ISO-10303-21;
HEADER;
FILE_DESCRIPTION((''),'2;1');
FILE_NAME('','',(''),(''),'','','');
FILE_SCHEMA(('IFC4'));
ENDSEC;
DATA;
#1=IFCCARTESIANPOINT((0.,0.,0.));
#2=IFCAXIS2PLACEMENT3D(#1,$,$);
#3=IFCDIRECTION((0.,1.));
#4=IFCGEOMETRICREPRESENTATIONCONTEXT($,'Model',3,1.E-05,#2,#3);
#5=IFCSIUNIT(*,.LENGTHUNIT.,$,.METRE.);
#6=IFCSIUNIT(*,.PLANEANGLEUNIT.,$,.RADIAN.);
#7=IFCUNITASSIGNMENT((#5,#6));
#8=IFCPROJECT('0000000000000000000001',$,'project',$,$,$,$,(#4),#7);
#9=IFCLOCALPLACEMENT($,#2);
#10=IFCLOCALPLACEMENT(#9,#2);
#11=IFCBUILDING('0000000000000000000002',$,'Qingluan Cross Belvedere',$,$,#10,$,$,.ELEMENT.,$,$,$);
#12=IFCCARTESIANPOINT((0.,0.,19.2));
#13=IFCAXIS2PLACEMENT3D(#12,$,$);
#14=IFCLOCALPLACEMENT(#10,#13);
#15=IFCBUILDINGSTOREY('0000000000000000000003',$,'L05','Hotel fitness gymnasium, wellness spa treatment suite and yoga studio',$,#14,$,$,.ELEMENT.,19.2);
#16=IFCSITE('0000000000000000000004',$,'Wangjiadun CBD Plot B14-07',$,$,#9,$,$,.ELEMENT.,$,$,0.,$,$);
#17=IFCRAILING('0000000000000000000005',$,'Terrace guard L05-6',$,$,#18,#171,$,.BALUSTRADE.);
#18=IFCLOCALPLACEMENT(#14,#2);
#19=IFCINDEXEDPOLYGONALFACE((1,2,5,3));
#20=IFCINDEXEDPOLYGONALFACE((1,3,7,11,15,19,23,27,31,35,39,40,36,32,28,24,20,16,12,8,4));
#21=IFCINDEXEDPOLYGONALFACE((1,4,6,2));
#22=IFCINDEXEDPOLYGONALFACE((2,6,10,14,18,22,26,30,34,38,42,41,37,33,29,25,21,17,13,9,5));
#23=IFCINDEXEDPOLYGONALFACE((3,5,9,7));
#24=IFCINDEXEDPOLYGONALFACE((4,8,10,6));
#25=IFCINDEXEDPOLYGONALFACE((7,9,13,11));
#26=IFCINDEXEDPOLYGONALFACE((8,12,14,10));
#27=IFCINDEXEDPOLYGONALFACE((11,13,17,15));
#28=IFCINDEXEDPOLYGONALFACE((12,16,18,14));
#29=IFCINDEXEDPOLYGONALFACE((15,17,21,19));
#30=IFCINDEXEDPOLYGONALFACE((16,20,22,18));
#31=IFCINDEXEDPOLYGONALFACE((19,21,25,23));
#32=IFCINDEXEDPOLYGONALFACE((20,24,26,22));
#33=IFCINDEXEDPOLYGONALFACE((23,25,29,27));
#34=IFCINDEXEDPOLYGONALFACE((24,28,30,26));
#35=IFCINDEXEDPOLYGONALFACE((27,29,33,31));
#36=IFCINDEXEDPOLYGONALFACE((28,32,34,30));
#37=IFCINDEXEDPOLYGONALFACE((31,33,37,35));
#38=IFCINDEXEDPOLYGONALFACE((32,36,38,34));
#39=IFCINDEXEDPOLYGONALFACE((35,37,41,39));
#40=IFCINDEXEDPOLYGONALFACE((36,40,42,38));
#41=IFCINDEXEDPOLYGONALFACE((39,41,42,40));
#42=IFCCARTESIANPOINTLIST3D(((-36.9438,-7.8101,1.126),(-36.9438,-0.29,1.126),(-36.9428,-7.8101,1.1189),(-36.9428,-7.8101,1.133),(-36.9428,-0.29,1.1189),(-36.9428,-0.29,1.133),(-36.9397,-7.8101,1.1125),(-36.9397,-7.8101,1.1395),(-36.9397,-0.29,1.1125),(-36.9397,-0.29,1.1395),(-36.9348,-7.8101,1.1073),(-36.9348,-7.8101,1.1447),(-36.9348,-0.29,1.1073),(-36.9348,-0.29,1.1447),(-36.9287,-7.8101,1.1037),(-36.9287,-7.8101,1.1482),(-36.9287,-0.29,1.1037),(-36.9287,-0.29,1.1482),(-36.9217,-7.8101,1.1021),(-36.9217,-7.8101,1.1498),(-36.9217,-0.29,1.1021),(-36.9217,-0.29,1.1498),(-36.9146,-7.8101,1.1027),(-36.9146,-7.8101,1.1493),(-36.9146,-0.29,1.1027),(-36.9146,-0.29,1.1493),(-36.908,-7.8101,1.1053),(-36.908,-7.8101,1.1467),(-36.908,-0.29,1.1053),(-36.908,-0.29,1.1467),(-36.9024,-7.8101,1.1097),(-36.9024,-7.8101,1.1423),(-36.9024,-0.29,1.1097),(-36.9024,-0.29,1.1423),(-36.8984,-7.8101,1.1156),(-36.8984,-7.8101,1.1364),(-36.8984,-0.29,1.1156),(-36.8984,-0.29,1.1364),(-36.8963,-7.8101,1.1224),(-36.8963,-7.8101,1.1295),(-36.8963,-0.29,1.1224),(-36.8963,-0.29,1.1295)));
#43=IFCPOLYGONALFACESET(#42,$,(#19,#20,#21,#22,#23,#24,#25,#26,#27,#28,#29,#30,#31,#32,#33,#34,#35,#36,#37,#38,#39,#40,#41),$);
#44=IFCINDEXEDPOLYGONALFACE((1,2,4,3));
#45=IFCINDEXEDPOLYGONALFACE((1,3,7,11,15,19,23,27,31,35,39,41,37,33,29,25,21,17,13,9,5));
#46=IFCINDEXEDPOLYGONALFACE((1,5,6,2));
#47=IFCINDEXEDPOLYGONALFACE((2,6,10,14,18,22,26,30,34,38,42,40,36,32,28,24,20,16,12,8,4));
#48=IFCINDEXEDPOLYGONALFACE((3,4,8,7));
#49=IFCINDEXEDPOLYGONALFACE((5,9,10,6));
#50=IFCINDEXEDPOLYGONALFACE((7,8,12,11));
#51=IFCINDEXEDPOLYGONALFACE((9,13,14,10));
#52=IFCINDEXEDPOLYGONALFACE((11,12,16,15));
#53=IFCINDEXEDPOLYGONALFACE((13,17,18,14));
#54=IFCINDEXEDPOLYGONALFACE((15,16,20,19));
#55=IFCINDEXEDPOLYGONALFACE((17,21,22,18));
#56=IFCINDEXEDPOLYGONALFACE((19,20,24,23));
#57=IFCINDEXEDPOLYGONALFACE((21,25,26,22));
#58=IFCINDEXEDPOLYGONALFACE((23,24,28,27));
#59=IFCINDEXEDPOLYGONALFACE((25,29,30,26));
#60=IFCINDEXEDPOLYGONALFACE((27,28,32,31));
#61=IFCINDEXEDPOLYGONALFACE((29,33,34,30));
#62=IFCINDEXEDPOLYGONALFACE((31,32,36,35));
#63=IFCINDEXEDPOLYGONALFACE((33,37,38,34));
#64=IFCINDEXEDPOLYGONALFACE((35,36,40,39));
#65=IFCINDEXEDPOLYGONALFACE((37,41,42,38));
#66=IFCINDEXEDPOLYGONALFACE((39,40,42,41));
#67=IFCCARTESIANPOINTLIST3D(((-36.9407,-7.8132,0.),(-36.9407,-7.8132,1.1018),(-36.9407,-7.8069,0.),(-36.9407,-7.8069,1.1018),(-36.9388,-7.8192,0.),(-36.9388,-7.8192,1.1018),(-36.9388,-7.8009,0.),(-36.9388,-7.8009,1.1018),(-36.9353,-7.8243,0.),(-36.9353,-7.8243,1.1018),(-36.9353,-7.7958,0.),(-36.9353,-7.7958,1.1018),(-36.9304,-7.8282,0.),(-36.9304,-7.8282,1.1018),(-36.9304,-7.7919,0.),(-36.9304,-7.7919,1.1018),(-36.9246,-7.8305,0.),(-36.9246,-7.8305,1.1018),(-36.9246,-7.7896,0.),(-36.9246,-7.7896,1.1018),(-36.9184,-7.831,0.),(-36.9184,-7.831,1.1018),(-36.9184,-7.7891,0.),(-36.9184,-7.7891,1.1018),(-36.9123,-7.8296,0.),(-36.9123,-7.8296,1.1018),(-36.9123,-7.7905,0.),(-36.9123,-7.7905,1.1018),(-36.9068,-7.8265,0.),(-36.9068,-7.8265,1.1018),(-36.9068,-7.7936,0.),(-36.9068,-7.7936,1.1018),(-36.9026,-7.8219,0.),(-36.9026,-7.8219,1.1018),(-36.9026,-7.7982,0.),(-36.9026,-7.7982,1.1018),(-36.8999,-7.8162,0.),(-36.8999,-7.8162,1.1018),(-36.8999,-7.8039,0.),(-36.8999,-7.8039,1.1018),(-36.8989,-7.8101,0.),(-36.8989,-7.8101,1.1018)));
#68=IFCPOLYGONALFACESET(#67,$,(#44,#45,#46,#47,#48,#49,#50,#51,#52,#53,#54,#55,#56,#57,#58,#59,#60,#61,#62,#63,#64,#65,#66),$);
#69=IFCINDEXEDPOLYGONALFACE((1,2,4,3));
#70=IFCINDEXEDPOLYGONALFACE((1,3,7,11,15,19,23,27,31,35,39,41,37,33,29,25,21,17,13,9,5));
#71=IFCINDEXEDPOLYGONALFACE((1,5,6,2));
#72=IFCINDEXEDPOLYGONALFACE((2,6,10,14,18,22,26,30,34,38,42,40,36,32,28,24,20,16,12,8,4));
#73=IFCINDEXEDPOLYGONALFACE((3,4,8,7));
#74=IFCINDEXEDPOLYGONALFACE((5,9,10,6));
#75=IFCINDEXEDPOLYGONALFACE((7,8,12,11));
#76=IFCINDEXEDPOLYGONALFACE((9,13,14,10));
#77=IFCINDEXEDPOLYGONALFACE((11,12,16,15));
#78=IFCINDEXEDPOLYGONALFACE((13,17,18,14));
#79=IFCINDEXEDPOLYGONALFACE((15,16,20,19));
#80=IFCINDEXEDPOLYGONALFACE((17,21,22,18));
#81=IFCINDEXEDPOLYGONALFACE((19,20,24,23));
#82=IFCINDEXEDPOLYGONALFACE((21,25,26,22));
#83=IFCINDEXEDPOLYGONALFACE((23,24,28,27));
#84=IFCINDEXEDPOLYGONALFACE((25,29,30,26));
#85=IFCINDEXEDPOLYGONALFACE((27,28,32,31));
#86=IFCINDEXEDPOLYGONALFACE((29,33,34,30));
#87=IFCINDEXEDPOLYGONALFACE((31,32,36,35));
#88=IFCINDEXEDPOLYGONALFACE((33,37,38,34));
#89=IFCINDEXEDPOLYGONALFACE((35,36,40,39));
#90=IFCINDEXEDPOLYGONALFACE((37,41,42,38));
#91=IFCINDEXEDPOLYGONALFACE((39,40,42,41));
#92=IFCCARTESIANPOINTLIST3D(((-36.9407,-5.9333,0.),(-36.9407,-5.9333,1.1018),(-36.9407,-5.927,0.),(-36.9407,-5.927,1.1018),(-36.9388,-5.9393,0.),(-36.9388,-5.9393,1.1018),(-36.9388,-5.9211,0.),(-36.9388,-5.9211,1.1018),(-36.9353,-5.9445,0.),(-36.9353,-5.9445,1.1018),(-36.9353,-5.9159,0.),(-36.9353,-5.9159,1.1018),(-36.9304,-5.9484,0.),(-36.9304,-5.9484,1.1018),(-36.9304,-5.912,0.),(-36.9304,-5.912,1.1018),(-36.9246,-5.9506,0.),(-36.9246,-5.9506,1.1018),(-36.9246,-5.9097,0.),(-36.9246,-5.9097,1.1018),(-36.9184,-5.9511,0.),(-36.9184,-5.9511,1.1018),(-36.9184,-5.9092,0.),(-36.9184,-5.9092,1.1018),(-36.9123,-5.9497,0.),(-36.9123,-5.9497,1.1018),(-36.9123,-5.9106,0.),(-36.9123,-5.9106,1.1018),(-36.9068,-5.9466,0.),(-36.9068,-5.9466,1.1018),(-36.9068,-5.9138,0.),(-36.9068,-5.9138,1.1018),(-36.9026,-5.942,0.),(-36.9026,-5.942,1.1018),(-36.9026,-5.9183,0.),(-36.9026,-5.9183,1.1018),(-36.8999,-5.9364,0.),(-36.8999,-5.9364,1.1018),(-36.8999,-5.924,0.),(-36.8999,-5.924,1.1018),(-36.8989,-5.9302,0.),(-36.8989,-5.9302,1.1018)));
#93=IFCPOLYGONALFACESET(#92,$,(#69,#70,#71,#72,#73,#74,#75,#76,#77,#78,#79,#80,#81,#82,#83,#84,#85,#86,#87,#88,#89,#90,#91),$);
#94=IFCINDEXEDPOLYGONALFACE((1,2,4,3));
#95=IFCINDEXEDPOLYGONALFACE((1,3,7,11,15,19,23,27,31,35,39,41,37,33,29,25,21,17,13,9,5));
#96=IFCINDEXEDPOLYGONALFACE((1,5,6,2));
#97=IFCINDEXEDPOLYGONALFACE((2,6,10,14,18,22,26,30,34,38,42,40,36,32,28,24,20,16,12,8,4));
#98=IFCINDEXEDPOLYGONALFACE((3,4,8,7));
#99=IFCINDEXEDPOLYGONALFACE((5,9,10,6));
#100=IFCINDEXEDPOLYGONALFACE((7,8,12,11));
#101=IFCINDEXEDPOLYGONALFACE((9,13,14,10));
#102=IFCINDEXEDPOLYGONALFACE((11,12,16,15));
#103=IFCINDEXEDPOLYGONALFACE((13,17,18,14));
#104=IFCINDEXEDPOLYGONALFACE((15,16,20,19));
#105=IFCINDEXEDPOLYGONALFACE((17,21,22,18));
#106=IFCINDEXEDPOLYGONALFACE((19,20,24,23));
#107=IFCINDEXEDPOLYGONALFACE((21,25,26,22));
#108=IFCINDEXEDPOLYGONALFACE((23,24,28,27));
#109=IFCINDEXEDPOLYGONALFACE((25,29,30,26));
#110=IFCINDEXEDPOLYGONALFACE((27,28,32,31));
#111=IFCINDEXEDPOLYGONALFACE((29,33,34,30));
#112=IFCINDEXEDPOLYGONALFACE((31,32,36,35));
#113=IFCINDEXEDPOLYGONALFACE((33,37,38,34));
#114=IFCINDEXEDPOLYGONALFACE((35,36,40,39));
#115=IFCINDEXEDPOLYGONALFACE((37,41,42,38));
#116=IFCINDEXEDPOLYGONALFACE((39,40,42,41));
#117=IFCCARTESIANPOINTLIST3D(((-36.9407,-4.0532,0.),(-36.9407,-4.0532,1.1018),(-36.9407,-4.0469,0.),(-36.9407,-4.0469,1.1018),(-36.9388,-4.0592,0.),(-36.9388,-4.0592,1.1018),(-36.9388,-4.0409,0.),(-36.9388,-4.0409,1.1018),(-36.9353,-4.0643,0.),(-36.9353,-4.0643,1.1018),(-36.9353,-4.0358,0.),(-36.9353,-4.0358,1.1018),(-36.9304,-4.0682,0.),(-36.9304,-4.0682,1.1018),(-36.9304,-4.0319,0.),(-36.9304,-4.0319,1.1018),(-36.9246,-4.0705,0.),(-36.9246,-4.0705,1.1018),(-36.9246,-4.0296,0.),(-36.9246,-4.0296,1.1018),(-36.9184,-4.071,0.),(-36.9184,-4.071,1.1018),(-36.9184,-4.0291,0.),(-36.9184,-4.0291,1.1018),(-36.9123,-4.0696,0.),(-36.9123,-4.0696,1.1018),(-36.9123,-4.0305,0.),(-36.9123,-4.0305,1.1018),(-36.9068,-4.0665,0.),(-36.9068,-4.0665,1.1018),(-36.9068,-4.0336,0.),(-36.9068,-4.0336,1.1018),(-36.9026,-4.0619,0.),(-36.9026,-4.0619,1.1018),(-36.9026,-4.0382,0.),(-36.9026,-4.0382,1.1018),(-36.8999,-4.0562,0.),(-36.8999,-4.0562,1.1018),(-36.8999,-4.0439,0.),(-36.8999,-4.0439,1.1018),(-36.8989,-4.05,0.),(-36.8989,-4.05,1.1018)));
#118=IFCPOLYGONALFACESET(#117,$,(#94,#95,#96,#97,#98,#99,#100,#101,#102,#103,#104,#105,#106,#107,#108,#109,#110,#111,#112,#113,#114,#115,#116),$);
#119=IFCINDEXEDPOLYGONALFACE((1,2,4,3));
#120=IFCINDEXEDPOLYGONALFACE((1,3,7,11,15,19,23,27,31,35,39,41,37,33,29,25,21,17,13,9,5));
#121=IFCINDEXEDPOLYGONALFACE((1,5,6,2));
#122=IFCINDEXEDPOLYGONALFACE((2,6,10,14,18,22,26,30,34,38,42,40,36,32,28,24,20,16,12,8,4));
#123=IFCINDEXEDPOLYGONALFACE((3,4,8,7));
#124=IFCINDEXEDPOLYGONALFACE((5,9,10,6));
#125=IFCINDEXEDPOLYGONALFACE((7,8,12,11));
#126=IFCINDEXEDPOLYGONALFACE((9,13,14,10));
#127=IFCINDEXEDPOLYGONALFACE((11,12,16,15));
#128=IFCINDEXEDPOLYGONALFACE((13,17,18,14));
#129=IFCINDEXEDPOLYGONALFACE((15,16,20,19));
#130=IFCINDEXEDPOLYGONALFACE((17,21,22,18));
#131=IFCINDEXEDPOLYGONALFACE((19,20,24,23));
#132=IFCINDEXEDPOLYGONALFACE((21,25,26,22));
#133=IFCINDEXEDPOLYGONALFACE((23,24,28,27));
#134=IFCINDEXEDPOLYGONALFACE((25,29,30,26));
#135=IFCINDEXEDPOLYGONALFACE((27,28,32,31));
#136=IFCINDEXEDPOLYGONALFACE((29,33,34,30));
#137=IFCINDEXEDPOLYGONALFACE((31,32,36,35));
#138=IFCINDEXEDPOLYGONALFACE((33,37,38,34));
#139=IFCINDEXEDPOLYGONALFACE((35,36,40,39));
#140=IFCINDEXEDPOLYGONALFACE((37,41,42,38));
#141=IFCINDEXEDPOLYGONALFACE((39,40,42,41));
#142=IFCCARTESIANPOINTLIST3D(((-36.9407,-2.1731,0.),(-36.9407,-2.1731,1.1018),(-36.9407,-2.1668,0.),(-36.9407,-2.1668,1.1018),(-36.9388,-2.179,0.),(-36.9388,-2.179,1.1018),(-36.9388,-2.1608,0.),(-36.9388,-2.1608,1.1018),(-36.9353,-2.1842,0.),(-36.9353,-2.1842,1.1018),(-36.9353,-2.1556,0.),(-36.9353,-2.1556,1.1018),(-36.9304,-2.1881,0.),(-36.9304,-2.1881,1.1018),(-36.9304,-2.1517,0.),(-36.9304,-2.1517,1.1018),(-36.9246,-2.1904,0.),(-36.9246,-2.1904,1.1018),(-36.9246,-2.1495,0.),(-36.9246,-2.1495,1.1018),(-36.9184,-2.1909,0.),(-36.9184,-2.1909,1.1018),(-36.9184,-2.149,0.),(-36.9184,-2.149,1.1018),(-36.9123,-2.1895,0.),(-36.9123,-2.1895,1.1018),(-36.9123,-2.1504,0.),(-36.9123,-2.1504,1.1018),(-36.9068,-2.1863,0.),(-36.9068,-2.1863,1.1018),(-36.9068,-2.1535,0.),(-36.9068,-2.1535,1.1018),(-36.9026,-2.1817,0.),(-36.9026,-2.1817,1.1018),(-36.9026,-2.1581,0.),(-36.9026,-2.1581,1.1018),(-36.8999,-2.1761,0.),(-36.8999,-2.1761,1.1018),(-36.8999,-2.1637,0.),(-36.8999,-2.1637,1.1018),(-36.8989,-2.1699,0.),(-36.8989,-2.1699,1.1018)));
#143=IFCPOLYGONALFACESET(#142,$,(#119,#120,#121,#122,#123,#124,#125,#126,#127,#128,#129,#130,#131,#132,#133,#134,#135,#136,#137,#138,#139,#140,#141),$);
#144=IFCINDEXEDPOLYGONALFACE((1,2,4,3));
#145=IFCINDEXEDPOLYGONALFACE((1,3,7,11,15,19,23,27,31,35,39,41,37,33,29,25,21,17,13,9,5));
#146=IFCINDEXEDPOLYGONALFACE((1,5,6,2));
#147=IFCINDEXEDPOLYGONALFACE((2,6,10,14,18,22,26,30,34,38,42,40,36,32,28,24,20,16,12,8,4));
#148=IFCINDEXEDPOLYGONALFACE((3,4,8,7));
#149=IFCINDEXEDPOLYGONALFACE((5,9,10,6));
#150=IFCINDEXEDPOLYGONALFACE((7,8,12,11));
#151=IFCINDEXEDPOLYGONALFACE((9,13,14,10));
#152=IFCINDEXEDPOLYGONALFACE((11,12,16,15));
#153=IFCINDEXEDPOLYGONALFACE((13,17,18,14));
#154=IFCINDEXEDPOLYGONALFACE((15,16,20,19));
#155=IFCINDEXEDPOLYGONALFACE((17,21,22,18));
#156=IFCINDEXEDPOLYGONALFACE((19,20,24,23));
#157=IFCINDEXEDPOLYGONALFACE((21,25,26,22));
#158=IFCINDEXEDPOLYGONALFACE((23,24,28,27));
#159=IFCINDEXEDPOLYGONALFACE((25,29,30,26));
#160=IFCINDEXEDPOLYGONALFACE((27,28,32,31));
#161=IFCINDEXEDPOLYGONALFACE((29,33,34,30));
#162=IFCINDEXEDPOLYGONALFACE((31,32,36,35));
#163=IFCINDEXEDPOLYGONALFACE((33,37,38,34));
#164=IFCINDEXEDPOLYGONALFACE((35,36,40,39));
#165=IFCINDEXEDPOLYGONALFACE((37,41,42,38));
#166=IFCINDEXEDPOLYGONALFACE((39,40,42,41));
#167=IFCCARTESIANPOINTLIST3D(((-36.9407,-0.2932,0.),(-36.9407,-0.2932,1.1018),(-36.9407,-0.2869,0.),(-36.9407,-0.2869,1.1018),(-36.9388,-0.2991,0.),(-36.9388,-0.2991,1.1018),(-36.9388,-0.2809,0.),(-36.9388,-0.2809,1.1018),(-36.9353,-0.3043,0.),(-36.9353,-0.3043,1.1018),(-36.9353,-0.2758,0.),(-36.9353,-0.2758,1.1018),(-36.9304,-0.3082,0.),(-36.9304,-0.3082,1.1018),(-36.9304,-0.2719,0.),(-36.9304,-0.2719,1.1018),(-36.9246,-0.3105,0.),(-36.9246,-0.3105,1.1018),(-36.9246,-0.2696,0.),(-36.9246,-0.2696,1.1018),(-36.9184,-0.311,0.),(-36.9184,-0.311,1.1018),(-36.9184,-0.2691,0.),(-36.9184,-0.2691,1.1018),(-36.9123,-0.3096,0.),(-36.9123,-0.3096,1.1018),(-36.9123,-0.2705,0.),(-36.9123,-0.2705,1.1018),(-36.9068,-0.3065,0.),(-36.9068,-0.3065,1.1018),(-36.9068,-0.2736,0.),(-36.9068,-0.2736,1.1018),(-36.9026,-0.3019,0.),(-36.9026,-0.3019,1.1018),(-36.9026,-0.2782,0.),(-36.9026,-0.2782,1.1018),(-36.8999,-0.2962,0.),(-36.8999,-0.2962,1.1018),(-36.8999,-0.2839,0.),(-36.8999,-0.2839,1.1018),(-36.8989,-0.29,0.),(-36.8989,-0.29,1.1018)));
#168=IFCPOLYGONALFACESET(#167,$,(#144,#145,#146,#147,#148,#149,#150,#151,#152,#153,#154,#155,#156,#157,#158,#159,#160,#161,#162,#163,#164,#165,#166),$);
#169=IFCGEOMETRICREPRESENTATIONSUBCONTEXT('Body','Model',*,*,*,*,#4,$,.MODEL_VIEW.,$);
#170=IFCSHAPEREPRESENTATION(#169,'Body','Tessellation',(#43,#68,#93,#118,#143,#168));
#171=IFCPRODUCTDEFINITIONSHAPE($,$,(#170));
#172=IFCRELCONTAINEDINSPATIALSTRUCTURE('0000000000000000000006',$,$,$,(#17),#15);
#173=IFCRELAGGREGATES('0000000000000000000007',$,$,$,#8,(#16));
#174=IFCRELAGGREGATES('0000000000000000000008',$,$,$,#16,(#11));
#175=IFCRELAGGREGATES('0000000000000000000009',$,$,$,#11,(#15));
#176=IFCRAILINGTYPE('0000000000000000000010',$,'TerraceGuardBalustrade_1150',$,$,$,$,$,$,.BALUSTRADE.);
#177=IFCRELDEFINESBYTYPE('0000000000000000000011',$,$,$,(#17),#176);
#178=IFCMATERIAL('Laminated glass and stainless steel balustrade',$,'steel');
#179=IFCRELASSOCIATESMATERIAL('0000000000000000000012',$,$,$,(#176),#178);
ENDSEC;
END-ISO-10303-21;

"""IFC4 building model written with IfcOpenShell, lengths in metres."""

from ifc_helpers import new_model, si_unit, direction, frame, origin, origin_2d, place, context, subcontext, project, spatial, circle, extrude, material, type_object, element, save


model = new_model("IFC4")

# Units and contexts
model_context = context("Model", 3, precision=1e-05, world=origin(), true_north=direction((0.0, 1.0)))
body_context = subcontext(model_context, "Body", "Model", "MODEL_VIEW")
ifc_project = project(units=[si_unit("LENGTHUNIT", "METRE"), si_unit("PLANEANGLEUNIT", "RADIAN")], contexts=[model_context])

# Site, building, storey
site_placement = place(None, origin())
site = spatial("IfcSite", under=ifc_project, at=site_placement, Name="Wangjiadun CBD Plot B14-07", CompositionType="ELEMENT", RefElevation=0.0)
building_placement = place(site_placement, origin())
building = spatial("IfcBuilding", under=site, at=building_placement, Name="Qingluan Cross Belvedere", CompositionType="ELEMENT")
storey_placement = place(building_placement, frame((0.0, 0.0, 19.2)))
storey = spatial("IfcBuildingStorey", under=building, at=storey_placement, Name="L05", Description="Hotel fitness gymnasium, wellness spa treatment suite and yoga studio", CompositionType="ELEMENT", Elevation=19.2)

# Railing
ifc_material_1 = material(Name="Laminated glass and stainless steel balustrade", Category="steel")
railing_type = type_object("IfcRailingType", Name="TerraceGuardBalustrade_1150", PredefinedType="BALUSTRADE", material=ifc_material_1)
railing_placement = place(storey_placement, frame((-36.9199, -7.8101, 0.0)))
element("IfcRailing", 1, at=railing_placement, inside=storey, type_object=railing_type, Name="Terrace guard L05-6", PredefinedType="BALUSTRADE", context=body_context, shape_type="SweptSolid", body=[
    extrude(circle(Radius=0.0239, at=origin_2d()), frame((0.0, 0.0, 1.126), z_axis=(0.0, 1.0, 0.0), x_axis=(-1.0, 0.0, 0.0)), (0.0, 0.0, 1.0), 7.52),
    extrude(circle(Radius=0.021, at=origin_2d()), origin(), (0.0, 0.0, 1.0), 1.1018),
    extrude(circle(Radius=0.021, at=origin_2d()), frame((0.0, 1.8799, 0.0)), (0.0, 0.0, 1.0), 1.1018),
    extrude(circle(Radius=0.021, at=origin_2d()), frame((0.0, 3.76, 0.0)), (0.0, 0.0, 1.0), 1.1018),
    extrude(circle(Radius=0.021, at=origin_2d()), frame((0.0, 5.6401, 0.0)), (0.0, 0.0, 1.0), 1.1018),
    extrude(circle(Radius=0.021, at=origin_2d()), frame((0.0, 7.52, 0.0)), (0.0, 0.0, 1.0), 1.1018),
])

save(model, "model.ifc")
